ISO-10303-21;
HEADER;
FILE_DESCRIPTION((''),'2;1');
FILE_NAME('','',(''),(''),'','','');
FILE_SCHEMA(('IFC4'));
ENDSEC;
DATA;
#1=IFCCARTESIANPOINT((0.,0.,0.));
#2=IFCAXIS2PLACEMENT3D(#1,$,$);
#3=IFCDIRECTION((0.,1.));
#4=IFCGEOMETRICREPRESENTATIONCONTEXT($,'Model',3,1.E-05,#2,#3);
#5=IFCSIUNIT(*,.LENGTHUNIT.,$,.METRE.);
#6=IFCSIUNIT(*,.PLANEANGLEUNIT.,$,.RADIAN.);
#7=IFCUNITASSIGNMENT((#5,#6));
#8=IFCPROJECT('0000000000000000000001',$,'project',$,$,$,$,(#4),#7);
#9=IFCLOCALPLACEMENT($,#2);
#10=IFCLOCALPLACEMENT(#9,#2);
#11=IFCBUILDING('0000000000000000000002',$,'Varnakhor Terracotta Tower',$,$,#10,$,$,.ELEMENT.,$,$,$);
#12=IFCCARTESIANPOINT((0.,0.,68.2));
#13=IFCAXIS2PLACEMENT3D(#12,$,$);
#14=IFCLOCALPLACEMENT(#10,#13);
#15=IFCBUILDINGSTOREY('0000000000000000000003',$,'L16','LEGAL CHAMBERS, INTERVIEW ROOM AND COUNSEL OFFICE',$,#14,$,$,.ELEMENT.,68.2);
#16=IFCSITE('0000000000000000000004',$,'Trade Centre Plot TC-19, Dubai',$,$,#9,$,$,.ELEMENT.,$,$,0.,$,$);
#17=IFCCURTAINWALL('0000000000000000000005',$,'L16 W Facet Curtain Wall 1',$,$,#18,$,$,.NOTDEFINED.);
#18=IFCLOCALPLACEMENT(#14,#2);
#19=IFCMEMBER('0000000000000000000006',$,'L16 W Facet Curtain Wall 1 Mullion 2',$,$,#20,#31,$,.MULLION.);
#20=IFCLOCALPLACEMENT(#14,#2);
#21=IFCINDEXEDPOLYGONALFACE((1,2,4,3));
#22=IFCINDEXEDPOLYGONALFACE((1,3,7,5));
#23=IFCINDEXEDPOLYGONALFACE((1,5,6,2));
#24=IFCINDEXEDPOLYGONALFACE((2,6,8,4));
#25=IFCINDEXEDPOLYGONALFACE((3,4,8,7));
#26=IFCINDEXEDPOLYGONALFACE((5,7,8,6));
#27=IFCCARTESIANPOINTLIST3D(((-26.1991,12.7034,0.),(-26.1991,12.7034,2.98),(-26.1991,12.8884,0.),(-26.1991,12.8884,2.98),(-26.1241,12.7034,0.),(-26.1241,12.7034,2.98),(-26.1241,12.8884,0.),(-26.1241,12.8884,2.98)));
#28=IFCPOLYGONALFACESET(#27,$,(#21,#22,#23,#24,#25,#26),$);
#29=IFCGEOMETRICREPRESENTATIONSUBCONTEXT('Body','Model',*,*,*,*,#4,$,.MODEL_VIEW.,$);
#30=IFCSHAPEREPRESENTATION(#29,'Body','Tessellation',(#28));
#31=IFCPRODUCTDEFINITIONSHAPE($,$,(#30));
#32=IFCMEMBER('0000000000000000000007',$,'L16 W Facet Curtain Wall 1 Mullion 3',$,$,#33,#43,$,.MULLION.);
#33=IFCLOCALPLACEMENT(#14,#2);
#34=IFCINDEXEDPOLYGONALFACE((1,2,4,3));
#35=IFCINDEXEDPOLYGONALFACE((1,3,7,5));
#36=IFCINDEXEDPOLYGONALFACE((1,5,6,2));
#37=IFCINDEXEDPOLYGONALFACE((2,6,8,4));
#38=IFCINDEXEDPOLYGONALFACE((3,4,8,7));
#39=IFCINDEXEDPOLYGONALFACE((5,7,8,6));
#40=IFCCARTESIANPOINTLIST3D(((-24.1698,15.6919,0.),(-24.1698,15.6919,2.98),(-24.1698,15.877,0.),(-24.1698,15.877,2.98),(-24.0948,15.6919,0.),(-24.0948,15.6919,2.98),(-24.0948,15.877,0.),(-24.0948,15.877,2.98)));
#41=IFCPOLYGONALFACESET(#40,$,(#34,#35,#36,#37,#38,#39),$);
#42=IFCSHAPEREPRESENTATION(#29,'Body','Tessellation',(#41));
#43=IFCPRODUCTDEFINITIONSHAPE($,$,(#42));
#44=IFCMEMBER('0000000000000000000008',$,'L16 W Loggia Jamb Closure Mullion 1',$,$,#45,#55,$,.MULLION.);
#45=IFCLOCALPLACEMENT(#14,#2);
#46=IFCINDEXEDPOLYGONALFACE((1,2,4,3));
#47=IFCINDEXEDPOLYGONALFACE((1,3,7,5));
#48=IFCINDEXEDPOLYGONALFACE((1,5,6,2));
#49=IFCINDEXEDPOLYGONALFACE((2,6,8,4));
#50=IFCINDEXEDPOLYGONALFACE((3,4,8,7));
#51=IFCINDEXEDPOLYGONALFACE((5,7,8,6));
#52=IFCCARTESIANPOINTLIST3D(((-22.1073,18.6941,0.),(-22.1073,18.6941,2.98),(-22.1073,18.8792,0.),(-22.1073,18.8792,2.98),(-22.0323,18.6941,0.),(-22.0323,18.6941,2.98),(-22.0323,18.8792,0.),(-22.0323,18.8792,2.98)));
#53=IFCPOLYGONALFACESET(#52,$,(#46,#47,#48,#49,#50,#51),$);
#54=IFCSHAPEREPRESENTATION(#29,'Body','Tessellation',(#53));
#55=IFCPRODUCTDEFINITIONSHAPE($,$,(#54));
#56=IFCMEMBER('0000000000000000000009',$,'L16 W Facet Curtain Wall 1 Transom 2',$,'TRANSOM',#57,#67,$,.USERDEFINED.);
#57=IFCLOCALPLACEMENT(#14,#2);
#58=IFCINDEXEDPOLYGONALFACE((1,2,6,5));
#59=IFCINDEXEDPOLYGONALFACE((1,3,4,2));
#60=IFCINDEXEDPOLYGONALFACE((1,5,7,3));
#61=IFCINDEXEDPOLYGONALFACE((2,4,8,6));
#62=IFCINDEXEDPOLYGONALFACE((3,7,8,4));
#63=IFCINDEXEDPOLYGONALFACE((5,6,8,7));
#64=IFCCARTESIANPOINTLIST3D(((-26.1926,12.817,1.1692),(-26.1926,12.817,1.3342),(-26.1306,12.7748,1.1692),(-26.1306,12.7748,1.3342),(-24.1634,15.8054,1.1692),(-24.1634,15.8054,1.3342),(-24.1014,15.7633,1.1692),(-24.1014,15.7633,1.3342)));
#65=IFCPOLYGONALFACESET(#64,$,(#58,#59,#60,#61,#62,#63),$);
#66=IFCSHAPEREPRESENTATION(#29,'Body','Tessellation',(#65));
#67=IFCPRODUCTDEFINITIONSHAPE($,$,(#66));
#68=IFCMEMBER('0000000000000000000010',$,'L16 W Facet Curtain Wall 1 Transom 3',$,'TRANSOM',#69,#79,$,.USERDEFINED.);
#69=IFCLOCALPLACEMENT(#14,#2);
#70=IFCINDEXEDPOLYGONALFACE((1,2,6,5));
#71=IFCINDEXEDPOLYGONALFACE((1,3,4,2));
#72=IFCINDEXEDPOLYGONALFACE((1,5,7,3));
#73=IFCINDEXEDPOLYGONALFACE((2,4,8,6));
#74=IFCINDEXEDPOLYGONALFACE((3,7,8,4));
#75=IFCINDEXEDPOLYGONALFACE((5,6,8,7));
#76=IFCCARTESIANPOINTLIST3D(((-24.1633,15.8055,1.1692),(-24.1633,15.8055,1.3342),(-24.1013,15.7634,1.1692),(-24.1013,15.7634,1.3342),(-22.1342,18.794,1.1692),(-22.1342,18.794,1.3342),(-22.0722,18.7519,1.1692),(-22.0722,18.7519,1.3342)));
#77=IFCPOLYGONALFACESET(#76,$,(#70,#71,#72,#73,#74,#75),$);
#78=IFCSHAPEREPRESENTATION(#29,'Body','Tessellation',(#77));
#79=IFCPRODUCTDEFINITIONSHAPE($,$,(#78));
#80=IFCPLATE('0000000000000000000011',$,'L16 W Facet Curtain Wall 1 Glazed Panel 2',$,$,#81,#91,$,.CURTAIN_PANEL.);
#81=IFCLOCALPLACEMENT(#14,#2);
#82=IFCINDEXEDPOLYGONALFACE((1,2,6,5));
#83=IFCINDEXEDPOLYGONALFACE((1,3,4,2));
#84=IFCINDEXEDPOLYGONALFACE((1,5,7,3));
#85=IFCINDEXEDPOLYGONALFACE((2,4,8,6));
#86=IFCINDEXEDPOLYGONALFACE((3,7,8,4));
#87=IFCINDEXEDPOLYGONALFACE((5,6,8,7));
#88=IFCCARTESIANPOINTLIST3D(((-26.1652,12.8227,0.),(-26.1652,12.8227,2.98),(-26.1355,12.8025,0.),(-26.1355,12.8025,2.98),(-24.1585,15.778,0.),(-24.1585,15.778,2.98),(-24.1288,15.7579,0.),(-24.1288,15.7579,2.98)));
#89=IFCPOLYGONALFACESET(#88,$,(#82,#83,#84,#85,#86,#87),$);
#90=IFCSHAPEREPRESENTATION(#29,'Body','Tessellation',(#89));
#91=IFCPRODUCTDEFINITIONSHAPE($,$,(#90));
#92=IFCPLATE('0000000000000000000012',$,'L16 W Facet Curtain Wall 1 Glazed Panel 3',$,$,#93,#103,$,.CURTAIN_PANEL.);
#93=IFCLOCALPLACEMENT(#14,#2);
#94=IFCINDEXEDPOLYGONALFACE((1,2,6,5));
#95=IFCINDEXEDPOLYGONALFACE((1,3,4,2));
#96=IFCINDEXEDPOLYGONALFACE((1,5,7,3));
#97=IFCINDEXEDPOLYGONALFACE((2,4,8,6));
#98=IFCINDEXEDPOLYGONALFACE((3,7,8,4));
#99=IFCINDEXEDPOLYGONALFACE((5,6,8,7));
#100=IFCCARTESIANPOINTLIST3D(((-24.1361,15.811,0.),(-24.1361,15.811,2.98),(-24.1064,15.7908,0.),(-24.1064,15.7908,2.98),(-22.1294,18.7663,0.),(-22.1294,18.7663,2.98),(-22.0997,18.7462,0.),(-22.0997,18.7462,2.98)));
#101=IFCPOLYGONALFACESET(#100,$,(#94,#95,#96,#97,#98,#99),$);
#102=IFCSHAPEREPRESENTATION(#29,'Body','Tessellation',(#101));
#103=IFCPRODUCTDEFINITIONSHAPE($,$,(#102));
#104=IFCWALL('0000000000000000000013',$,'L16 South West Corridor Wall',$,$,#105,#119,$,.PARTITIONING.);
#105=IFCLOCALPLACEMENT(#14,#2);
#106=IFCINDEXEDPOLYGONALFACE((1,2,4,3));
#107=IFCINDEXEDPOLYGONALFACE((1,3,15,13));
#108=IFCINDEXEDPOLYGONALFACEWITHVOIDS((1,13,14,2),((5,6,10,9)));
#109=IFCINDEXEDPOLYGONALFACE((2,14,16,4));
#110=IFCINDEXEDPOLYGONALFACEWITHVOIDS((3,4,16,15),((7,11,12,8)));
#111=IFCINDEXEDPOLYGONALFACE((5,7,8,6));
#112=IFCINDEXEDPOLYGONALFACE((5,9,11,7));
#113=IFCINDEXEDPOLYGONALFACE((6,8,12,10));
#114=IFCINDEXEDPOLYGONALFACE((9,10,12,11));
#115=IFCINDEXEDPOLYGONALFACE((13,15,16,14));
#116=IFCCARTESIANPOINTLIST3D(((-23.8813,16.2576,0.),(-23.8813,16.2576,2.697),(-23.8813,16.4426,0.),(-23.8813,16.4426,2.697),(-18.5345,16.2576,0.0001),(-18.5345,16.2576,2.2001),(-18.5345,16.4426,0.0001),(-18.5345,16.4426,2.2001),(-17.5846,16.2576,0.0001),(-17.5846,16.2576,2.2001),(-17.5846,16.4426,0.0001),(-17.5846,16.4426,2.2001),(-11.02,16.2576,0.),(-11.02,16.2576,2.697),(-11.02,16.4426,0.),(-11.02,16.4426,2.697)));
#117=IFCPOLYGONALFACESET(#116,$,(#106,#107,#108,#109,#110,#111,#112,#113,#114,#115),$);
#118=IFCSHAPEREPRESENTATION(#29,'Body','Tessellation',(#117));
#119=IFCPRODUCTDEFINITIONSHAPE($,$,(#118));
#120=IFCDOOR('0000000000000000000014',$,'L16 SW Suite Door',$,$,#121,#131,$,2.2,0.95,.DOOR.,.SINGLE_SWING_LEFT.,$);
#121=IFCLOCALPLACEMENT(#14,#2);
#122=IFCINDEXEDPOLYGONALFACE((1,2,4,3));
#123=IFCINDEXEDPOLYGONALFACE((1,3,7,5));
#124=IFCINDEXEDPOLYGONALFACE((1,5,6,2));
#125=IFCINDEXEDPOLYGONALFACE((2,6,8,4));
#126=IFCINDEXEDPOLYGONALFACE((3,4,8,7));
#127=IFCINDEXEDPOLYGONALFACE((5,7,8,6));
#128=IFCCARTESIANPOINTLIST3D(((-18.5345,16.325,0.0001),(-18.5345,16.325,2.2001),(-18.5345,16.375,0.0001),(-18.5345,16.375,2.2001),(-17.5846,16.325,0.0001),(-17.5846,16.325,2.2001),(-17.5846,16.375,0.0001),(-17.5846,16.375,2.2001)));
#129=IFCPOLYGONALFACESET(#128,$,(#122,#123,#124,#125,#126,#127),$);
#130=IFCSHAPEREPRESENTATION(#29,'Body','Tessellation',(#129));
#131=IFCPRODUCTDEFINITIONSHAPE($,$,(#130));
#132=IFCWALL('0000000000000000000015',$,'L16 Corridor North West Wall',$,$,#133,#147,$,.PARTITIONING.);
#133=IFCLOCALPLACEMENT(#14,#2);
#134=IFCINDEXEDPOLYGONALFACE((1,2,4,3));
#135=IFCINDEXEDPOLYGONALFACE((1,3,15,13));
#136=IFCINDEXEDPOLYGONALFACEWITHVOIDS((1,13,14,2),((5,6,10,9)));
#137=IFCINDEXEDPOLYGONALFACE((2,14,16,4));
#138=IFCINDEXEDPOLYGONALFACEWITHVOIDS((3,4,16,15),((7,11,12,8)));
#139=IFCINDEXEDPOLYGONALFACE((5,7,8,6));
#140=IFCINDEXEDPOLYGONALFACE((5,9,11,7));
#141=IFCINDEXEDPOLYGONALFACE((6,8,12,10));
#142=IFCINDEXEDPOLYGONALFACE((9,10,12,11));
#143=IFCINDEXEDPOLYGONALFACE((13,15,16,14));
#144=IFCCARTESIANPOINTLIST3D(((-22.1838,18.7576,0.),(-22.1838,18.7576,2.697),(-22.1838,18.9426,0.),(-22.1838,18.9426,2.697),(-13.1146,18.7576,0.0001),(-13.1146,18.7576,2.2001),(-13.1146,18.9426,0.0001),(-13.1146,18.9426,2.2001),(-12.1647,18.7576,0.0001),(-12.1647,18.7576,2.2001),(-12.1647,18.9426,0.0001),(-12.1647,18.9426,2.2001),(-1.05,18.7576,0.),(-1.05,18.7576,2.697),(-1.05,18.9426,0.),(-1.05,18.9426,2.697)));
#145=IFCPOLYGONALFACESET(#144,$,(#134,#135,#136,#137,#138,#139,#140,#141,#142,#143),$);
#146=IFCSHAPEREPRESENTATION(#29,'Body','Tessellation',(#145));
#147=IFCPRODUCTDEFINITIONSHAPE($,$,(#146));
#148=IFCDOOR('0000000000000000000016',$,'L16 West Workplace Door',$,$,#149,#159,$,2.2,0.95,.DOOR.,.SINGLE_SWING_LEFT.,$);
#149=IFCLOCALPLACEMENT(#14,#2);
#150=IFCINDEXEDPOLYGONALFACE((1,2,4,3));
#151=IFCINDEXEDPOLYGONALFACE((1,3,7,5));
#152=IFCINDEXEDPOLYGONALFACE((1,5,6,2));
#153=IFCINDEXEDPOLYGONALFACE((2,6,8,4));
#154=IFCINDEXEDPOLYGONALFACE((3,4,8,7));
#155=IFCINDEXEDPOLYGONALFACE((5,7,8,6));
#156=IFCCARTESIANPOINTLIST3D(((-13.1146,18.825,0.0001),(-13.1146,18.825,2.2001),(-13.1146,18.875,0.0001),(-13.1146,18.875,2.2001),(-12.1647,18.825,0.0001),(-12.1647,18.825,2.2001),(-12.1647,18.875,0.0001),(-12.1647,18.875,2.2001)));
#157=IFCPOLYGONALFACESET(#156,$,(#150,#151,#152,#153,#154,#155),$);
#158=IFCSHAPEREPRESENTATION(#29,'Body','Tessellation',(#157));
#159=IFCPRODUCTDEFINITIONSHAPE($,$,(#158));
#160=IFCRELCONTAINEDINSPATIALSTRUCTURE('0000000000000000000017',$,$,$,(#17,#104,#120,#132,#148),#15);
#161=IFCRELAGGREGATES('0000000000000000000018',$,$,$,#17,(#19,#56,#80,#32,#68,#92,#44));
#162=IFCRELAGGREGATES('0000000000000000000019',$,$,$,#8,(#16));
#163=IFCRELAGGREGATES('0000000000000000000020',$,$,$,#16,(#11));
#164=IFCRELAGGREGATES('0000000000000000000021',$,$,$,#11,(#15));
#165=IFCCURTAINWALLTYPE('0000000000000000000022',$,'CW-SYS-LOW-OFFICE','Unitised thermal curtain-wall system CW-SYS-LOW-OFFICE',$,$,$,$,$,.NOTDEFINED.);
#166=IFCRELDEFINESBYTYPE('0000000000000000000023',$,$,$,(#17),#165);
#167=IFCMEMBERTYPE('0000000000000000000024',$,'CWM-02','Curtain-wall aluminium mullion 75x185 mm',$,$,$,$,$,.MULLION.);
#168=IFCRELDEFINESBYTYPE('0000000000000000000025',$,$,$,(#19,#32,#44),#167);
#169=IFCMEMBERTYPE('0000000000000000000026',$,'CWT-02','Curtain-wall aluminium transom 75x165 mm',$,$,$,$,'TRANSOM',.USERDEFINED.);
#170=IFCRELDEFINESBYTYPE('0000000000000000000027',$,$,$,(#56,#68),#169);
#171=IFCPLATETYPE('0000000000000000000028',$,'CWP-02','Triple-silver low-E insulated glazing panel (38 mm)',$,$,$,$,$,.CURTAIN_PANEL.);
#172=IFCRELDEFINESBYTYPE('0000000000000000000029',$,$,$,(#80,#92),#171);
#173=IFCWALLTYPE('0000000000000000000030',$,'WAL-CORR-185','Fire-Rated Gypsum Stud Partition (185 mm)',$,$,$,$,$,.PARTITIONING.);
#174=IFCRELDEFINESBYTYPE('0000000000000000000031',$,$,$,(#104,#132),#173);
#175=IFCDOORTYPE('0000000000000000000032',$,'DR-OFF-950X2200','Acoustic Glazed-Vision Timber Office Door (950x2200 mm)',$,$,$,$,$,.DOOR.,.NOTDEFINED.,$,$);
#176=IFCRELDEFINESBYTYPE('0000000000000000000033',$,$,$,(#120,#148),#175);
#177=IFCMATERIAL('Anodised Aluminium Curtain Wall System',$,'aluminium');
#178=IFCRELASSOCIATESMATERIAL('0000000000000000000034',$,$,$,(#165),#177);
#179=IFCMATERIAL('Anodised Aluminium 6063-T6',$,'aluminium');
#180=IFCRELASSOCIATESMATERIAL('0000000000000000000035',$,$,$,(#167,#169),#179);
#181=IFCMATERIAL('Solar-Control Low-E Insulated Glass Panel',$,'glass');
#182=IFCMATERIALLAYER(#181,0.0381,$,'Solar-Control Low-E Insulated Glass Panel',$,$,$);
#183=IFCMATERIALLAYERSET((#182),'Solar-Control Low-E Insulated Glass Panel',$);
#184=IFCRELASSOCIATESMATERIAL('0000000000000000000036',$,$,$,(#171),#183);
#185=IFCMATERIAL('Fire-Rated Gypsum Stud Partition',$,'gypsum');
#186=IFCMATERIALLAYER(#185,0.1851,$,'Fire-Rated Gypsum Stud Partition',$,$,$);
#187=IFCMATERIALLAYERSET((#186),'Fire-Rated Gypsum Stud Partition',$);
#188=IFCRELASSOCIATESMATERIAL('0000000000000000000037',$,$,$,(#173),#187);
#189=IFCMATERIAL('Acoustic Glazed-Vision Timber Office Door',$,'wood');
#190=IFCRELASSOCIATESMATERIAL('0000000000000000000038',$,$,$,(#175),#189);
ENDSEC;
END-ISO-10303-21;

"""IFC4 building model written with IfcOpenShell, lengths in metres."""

from ifc_helpers import new_model, si_unit, direction, frame, frame_2d, origin, origin_2d, place, context, subcontext, project, spatial, rectangle, extrude, source, transform, mapped, material, layer, layer_set, material_profile, profile_set, type_object, type_shapes, element, fill, aggregate, save


model = new_model("IFC4")

# Units and contexts
model_context = context("Model", 3, precision=1e-05, world=origin(), true_north=direction((0.0, 1.0)))
body_context = subcontext(model_context, "Body", "Model", "MODEL_VIEW")
ifc_project = project(units=[si_unit("LENGTHUNIT", "METRE"), si_unit("PLANEANGLEUNIT", "RADIAN")], contexts=[model_context])

# Site, building, storey
site_placement = place(None, origin())
site = spatial("IfcSite", under=ifc_project, at=site_placement, Name="Trade Centre Plot TC-19, Dubai", CompositionType="ELEMENT", RefElevation=0.0)
building_placement = place(site_placement, origin())
building = spatial("IfcBuilding", under=site, at=building_placement, Name="Varnakhor Terracotta Tower", CompositionType="ELEMENT")
storey_placement = place(building_placement, frame((0.0, 0.0, 68.2)))
storey = spatial("IfcBuildingStorey", under=building, at=storey_placement, Name="L16", Description="LEGAL CHAMBERS, INTERVIEW ROOM AND COUNSEL OFFICE", CompositionType="ELEMENT", Elevation=68.2)

# Curtain wall, members, plates
ifc_material_1 = material(Name="Anodised Aluminium Curtain Wall System", Category="aluminium")
curtain_wall_type = type_object("IfcCurtainWallType", Name="CW-SYS-LOW-OFFICE", Description="Unitised thermal curtain-wall system CW-SYS-LOW-OFFICE", PredefinedType="NOTDEFINED", material=ifc_material_1)
curtain_wall_placement = place(storey_placement, origin())
curtain_wall = element("IfcCurtainWall", 1, at=curtain_wall_placement, inside=storey, type_object=curtain_wall_type, Name="L16 W Facet Curtain Wall 1", PredefinedType="NOTDEFINED")
ifc_material_2 = material(Name="Anodised Aluminium 6063-T6", Category="aluminium")
ifc_material_profile_1 = material_profile(ifc_material_2, rectangle(XDim=0.075, YDim=0.1851, at=origin_2d()), Name="ALU MULLION 75x185")
ifc_profile_set_1 = profile_set([ifc_material_profile_1], Name="Anodised Aluminium 6063-T6")
member_type_1 = type_object("IfcMemberType", Name="CWM-02", Description="Curtain-wall aluminium mullion 75x185 mm", PredefinedType="MULLION", material=ifc_profile_set_1)
shared_shape_1 = source(origin(), body_context, "Body", "SweptSolid", [
    extrude(rectangle(XDim=0.075, YDim=0.1851, at=origin_2d()), origin(), (0.0, 0.0, 1.0), 2.98),
])
member_1_placement = place(storey_placement, frame((-26.1616, 12.7959, 0.0), z_axis=(0.0, 0.0, 1.0), x_axis=(1.0, 0.0, 0.0)))
member_1 = element("IfcMember", 2, at=member_1_placement, type_object=member_type_1, Name="L16 W Facet Curtain Wall 1 Mullion 2", PredefinedType="MULLION", context=body_context, shape_type="MappedRepresentation", body=[
    mapped(shared_shape_1, transform((0.0, 0.0, 0.0), scale=1.0)),
])
member_2_placement = place(storey_placement, frame((-24.1323, 15.7844, 0.0), z_axis=(0.0, 0.0, 1.0), x_axis=(1.0, 0.0, 0.0)))
member_2 = element("IfcMember", 3, at=member_2_placement, type_object=member_type_1, Name="L16 W Facet Curtain Wall 1 Mullion 3", PredefinedType="MULLION", context=body_context, shape_type="MappedRepresentation", body=[
    mapped(shared_shape_1, transform((0.0, 0.0, 0.0), scale=1.0)),
])
member_3_placement = place(storey_placement, frame((-22.0698, 18.7866, 0.0), z_axis=(0.0, 0.0, 1.0), x_axis=(1.0, 0.0, 0.0)))
member_3 = element("IfcMember", 4, at=member_3_placement, type_object=member_type_1, Name="L16 W Loggia Jamb Closure Mullion 1", PredefinedType="MULLION", context=body_context, shape_type="MappedRepresentation", body=[
    mapped(shared_shape_1, transform((0.0, 0.0, 0.0), scale=1.0)),
])
ifc_material_profile_2 = material_profile(ifc_material_2, rectangle(XDim=0.075, YDim=0.165, at=origin_2d()), Name="ALU TRANSOM 75x165")
ifc_profile_set_2 = profile_set([ifc_material_profile_2], Name="Anodised Aluminium 6063-T6")
member_type_2 = type_object("IfcMemberType", Name="CWT-02", Description="Curtain-wall aluminium transom 75x165 mm", ElementType="TRANSOM", PredefinedType="USERDEFINED", material=ifc_profile_set_2)
shared_shape_2 = source(origin(), body_context, "Body", "SweptSolid", [
    extrude(rectangle(XDim=0.075, YDim=0.165, at=origin_2d()), origin(), (0.0, 0.0, 1.0), 3.6123),
])
member_4_placement = place(storey_placement, frame((-26.1616, 12.7959, 1.2517), z_axis=(0.561761, 0.8273, 0.0), x_axis=(-0.8273, 0.561761, 0.0)))
member_4 = element("IfcMember", 5, at=member_4_placement, type_object=member_type_2, Name="L16 W Facet Curtain Wall 1 Transom 2", ObjectType="TRANSOM", PredefinedType="USERDEFINED", context=body_context, shape_type="MappedRepresentation", body=[
    mapped(shared_shape_2, transform((0.0, 0.0, 0.0), scale=1.0)),
])
member_5_placement = place(storey_placement, frame((-24.1323, 15.7844, 1.2517), z_axis=(0.561715, 0.827331, 0.0), x_axis=(-0.827331, 0.561715, 0.0)))
member_5 = element("IfcMember", 6, at=member_5_placement, type_object=member_type_2, Name="L16 W Facet Curtain Wall 1 Transom 3", ObjectType="TRANSOM", PredefinedType="USERDEFINED", context=body_context, shape_type="MappedRepresentation", body=[
    mapped(shared_shape_2, transform((0.0, 0.0, 0.0), scale=1.0)),
])
ifc_material_3 = material(Name="Solar-Control Low-E Insulated Glass Panel", Category="glass")
ifc_layer_1 = layer(ifc_material_3, 0.0381, Name="Solar-Control Low-E Insulated Glass Panel")
ifc_layer_set_1 = layer_set([ifc_layer_1], Name="Solar-Control Low-E Insulated Glass Panel")
plate_type = type_object("IfcPlateType", Name="CWP-02", Description="Triple-silver low-E insulated glazing panel (38 mm)", PredefinedType="CURTAIN_PANEL", material=ifc_layer_set_1)
shared_shape_3 = source(origin(), body_context, "Body", "SweptSolid", [
    extrude(rectangle(XDim=3.5723, YDim=0.0359, at=origin_2d()), origin(), (0.0, 0.0, 1.0), 2.98),
])
plate_1_placement = place(storey_placement, frame((-25.147, 14.2903, 0.0), z_axis=(0.0, 0.0, 1.0), x_axis=(0.561751, 0.827306, 0.0)))
plate_1 = element("IfcPlate", 7, at=plate_1_placement, type_object=plate_type, Name="L16 W Facet Curtain Wall 1 Glazed Panel 2", PredefinedType="CURTAIN_PANEL", context=body_context, shape_type="MappedRepresentation", body=[
    mapped(shared_shape_3, transform((0.0, 0.0, 0.0), scale=1.0)),
])
plate_2_placement = place(storey_placement, frame((-23.1179, 17.2786, 0.0), z_axis=(0.0, 0.0, 1.0), x_axis=(0.561751, 0.827306, 0.0)))
plate_2 = element("IfcPlate", 8, at=plate_2_placement, type_object=plate_type, Name="L16 W Facet Curtain Wall 1 Glazed Panel 3", PredefinedType="CURTAIN_PANEL", context=body_context, shape_type="MappedRepresentation", body=[
    mapped(shared_shape_3, transform((0.0, 0.0, 0.0), scale=1.0)),
])
aggregate(curtain_wall, [member_1, member_4, plate_1, member_2, member_5, plate_2, member_3])

# Walls, openings, doors
ifc_material_4 = material(Name="Fire-Rated Gypsum Stud Partition", Category="gypsum")
ifc_layer_2 = layer(ifc_material_4, 0.1851, Name="Fire-Rated Gypsum Stud Partition")
ifc_layer_set_2 = layer_set([ifc_layer_2], Name="Fire-Rated Gypsum Stud Partition")
wall_type_1 = type_object("IfcWallType", Name="WAL-CORR-185", Description="Fire-Rated Gypsum Stud Partition (185 mm)", PredefinedType="PARTITIONING", material=ifc_layer_set_2)
wall_1_placement = place(storey_placement, frame((-23.8813, 16.3501, 0.0), z_axis=(0.0, 0.0, 1.0), x_axis=(1.0, 0.0, 0.0)))
wall_1 = element("IfcWall", 9, at=wall_1_placement, inside=storey, type_object=wall_type_1, Name="L16 South West Corridor Wall", PredefinedType="PARTITIONING", context=body_context, shape_type="SweptSolid", body=[
    extrude(rectangle(XDim=12.8613, YDim=0.1851, at=frame_2d((6.4307, 0.0))), origin(), (0.0, 0.0, 1.0), 2.697),
])
opening_1_placement = place(wall_1_placement, frame((5.3467, 0.0, 0.0)))
opening_1 = element("IfcOpeningElement", 10, at=opening_1_placement, cuts=wall_1, PredefinedType="OPENING", context=body_context, shape_type="SweptSolid", body=[
    extrude(rectangle(XDim=0.95, YDim=2.2, at=frame_2d((0.4751, 1.1001))), frame((0.0, 0.1025, 0.0), z_axis=(0.0, -1.0, 0.0), x_axis=(1.0, 0.0, 0.0)), (0.0, 0.0, 1.0), 0.2051),
])
ifc_material_5 = material(Name="Acoustic Glazed-Vision Timber Office Door", Category="wood")
door_type_1 = type_object("IfcDoorType", Name="DR-OFF-950X2200", Description="Acoustic Glazed-Vision Timber Office Door (950x2200 mm)", OperationType="NOTDEFINED", PredefinedType="DOOR", material=ifc_material_5)
shared_shape_4 = source(origin(), body_context, "Body", "SweptSolid", [
    extrude(rectangle(XDim=0.95, YDim=2.2, at=frame_2d((0.4751, 1.1001))), frame((0.0, 0.0249, 0.0), z_axis=(0.0, -1.0, 0.0), x_axis=(1.0, 0.0, 0.0)), (0.0, 0.0, 1.0), 0.05),
])
type_shapes(door_type_1, [shared_shape_4])
door_1_placement = place(opening_1_placement, origin())
door_1 = element("IfcDoor", 11, at=door_1_placement, inside=storey, type_object=door_type_1, Name="L16 SW Suite Door", OperationType="SINGLE_SWING_LEFT", OverallHeight=2.2, OverallWidth=0.95, PredefinedType="DOOR", context=body_context, shape_type="MappedRepresentation", body=[
    mapped(shared_shape_4, transform((0.0, 0.0, 0.0), scale=1.0)),
])
fill(opening_1, door_1)
wall_2_placement = place(storey_placement, frame((-22.1838, 18.8501, 0.0), z_axis=(0.0, 0.0, 1.0), x_axis=(1.0, 0.0, 0.0)))
wall_2 = element("IfcWall", 12, at=wall_2_placement, inside=storey, type_object=wall_type_1, Name="L16 Corridor North West Wall", PredefinedType="PARTITIONING", context=body_context, shape_type="SweptSolid", body=[
    extrude(rectangle(XDim=21.1338, YDim=0.1851, at=frame_2d((10.5669, 0.0))), origin(), (0.0, 0.0, 1.0), 2.697),
])
opening_2_placement = place(wall_2_placement, frame((9.0691, 0.0, 0.0)))
opening_2 = element("IfcOpeningElement", 13, at=opening_2_placement, cuts=wall_2, PredefinedType="OPENING", context=body_context, shape_type="SweptSolid", body=[
    extrude(rectangle(XDim=0.95, YDim=2.2, at=frame_2d((0.4751, 1.1001))), frame((0.0, 0.1025, 0.0), z_axis=(0.0, -1.0, 0.0), x_axis=(1.0, 0.0, 0.0)), (0.0, 0.0, 1.0), 0.2051),
])
door_2_placement = place(opening_2_placement, origin())
door_2 = element("IfcDoor", 14, at=door_2_placement, inside=storey, type_object=door_type_1, Name="L16 West Workplace Door", OperationType="SINGLE_SWING_LEFT", OverallHeight=2.2, OverallWidth=0.95, PredefinedType="DOOR", context=body_context, shape_type="MappedRepresentation", body=[
    mapped(shared_shape_4, transform((0.0, 0.0, 0.0), scale=1.0)),
])
fill(opening_2, door_2)

save(model, "model.ifc")
